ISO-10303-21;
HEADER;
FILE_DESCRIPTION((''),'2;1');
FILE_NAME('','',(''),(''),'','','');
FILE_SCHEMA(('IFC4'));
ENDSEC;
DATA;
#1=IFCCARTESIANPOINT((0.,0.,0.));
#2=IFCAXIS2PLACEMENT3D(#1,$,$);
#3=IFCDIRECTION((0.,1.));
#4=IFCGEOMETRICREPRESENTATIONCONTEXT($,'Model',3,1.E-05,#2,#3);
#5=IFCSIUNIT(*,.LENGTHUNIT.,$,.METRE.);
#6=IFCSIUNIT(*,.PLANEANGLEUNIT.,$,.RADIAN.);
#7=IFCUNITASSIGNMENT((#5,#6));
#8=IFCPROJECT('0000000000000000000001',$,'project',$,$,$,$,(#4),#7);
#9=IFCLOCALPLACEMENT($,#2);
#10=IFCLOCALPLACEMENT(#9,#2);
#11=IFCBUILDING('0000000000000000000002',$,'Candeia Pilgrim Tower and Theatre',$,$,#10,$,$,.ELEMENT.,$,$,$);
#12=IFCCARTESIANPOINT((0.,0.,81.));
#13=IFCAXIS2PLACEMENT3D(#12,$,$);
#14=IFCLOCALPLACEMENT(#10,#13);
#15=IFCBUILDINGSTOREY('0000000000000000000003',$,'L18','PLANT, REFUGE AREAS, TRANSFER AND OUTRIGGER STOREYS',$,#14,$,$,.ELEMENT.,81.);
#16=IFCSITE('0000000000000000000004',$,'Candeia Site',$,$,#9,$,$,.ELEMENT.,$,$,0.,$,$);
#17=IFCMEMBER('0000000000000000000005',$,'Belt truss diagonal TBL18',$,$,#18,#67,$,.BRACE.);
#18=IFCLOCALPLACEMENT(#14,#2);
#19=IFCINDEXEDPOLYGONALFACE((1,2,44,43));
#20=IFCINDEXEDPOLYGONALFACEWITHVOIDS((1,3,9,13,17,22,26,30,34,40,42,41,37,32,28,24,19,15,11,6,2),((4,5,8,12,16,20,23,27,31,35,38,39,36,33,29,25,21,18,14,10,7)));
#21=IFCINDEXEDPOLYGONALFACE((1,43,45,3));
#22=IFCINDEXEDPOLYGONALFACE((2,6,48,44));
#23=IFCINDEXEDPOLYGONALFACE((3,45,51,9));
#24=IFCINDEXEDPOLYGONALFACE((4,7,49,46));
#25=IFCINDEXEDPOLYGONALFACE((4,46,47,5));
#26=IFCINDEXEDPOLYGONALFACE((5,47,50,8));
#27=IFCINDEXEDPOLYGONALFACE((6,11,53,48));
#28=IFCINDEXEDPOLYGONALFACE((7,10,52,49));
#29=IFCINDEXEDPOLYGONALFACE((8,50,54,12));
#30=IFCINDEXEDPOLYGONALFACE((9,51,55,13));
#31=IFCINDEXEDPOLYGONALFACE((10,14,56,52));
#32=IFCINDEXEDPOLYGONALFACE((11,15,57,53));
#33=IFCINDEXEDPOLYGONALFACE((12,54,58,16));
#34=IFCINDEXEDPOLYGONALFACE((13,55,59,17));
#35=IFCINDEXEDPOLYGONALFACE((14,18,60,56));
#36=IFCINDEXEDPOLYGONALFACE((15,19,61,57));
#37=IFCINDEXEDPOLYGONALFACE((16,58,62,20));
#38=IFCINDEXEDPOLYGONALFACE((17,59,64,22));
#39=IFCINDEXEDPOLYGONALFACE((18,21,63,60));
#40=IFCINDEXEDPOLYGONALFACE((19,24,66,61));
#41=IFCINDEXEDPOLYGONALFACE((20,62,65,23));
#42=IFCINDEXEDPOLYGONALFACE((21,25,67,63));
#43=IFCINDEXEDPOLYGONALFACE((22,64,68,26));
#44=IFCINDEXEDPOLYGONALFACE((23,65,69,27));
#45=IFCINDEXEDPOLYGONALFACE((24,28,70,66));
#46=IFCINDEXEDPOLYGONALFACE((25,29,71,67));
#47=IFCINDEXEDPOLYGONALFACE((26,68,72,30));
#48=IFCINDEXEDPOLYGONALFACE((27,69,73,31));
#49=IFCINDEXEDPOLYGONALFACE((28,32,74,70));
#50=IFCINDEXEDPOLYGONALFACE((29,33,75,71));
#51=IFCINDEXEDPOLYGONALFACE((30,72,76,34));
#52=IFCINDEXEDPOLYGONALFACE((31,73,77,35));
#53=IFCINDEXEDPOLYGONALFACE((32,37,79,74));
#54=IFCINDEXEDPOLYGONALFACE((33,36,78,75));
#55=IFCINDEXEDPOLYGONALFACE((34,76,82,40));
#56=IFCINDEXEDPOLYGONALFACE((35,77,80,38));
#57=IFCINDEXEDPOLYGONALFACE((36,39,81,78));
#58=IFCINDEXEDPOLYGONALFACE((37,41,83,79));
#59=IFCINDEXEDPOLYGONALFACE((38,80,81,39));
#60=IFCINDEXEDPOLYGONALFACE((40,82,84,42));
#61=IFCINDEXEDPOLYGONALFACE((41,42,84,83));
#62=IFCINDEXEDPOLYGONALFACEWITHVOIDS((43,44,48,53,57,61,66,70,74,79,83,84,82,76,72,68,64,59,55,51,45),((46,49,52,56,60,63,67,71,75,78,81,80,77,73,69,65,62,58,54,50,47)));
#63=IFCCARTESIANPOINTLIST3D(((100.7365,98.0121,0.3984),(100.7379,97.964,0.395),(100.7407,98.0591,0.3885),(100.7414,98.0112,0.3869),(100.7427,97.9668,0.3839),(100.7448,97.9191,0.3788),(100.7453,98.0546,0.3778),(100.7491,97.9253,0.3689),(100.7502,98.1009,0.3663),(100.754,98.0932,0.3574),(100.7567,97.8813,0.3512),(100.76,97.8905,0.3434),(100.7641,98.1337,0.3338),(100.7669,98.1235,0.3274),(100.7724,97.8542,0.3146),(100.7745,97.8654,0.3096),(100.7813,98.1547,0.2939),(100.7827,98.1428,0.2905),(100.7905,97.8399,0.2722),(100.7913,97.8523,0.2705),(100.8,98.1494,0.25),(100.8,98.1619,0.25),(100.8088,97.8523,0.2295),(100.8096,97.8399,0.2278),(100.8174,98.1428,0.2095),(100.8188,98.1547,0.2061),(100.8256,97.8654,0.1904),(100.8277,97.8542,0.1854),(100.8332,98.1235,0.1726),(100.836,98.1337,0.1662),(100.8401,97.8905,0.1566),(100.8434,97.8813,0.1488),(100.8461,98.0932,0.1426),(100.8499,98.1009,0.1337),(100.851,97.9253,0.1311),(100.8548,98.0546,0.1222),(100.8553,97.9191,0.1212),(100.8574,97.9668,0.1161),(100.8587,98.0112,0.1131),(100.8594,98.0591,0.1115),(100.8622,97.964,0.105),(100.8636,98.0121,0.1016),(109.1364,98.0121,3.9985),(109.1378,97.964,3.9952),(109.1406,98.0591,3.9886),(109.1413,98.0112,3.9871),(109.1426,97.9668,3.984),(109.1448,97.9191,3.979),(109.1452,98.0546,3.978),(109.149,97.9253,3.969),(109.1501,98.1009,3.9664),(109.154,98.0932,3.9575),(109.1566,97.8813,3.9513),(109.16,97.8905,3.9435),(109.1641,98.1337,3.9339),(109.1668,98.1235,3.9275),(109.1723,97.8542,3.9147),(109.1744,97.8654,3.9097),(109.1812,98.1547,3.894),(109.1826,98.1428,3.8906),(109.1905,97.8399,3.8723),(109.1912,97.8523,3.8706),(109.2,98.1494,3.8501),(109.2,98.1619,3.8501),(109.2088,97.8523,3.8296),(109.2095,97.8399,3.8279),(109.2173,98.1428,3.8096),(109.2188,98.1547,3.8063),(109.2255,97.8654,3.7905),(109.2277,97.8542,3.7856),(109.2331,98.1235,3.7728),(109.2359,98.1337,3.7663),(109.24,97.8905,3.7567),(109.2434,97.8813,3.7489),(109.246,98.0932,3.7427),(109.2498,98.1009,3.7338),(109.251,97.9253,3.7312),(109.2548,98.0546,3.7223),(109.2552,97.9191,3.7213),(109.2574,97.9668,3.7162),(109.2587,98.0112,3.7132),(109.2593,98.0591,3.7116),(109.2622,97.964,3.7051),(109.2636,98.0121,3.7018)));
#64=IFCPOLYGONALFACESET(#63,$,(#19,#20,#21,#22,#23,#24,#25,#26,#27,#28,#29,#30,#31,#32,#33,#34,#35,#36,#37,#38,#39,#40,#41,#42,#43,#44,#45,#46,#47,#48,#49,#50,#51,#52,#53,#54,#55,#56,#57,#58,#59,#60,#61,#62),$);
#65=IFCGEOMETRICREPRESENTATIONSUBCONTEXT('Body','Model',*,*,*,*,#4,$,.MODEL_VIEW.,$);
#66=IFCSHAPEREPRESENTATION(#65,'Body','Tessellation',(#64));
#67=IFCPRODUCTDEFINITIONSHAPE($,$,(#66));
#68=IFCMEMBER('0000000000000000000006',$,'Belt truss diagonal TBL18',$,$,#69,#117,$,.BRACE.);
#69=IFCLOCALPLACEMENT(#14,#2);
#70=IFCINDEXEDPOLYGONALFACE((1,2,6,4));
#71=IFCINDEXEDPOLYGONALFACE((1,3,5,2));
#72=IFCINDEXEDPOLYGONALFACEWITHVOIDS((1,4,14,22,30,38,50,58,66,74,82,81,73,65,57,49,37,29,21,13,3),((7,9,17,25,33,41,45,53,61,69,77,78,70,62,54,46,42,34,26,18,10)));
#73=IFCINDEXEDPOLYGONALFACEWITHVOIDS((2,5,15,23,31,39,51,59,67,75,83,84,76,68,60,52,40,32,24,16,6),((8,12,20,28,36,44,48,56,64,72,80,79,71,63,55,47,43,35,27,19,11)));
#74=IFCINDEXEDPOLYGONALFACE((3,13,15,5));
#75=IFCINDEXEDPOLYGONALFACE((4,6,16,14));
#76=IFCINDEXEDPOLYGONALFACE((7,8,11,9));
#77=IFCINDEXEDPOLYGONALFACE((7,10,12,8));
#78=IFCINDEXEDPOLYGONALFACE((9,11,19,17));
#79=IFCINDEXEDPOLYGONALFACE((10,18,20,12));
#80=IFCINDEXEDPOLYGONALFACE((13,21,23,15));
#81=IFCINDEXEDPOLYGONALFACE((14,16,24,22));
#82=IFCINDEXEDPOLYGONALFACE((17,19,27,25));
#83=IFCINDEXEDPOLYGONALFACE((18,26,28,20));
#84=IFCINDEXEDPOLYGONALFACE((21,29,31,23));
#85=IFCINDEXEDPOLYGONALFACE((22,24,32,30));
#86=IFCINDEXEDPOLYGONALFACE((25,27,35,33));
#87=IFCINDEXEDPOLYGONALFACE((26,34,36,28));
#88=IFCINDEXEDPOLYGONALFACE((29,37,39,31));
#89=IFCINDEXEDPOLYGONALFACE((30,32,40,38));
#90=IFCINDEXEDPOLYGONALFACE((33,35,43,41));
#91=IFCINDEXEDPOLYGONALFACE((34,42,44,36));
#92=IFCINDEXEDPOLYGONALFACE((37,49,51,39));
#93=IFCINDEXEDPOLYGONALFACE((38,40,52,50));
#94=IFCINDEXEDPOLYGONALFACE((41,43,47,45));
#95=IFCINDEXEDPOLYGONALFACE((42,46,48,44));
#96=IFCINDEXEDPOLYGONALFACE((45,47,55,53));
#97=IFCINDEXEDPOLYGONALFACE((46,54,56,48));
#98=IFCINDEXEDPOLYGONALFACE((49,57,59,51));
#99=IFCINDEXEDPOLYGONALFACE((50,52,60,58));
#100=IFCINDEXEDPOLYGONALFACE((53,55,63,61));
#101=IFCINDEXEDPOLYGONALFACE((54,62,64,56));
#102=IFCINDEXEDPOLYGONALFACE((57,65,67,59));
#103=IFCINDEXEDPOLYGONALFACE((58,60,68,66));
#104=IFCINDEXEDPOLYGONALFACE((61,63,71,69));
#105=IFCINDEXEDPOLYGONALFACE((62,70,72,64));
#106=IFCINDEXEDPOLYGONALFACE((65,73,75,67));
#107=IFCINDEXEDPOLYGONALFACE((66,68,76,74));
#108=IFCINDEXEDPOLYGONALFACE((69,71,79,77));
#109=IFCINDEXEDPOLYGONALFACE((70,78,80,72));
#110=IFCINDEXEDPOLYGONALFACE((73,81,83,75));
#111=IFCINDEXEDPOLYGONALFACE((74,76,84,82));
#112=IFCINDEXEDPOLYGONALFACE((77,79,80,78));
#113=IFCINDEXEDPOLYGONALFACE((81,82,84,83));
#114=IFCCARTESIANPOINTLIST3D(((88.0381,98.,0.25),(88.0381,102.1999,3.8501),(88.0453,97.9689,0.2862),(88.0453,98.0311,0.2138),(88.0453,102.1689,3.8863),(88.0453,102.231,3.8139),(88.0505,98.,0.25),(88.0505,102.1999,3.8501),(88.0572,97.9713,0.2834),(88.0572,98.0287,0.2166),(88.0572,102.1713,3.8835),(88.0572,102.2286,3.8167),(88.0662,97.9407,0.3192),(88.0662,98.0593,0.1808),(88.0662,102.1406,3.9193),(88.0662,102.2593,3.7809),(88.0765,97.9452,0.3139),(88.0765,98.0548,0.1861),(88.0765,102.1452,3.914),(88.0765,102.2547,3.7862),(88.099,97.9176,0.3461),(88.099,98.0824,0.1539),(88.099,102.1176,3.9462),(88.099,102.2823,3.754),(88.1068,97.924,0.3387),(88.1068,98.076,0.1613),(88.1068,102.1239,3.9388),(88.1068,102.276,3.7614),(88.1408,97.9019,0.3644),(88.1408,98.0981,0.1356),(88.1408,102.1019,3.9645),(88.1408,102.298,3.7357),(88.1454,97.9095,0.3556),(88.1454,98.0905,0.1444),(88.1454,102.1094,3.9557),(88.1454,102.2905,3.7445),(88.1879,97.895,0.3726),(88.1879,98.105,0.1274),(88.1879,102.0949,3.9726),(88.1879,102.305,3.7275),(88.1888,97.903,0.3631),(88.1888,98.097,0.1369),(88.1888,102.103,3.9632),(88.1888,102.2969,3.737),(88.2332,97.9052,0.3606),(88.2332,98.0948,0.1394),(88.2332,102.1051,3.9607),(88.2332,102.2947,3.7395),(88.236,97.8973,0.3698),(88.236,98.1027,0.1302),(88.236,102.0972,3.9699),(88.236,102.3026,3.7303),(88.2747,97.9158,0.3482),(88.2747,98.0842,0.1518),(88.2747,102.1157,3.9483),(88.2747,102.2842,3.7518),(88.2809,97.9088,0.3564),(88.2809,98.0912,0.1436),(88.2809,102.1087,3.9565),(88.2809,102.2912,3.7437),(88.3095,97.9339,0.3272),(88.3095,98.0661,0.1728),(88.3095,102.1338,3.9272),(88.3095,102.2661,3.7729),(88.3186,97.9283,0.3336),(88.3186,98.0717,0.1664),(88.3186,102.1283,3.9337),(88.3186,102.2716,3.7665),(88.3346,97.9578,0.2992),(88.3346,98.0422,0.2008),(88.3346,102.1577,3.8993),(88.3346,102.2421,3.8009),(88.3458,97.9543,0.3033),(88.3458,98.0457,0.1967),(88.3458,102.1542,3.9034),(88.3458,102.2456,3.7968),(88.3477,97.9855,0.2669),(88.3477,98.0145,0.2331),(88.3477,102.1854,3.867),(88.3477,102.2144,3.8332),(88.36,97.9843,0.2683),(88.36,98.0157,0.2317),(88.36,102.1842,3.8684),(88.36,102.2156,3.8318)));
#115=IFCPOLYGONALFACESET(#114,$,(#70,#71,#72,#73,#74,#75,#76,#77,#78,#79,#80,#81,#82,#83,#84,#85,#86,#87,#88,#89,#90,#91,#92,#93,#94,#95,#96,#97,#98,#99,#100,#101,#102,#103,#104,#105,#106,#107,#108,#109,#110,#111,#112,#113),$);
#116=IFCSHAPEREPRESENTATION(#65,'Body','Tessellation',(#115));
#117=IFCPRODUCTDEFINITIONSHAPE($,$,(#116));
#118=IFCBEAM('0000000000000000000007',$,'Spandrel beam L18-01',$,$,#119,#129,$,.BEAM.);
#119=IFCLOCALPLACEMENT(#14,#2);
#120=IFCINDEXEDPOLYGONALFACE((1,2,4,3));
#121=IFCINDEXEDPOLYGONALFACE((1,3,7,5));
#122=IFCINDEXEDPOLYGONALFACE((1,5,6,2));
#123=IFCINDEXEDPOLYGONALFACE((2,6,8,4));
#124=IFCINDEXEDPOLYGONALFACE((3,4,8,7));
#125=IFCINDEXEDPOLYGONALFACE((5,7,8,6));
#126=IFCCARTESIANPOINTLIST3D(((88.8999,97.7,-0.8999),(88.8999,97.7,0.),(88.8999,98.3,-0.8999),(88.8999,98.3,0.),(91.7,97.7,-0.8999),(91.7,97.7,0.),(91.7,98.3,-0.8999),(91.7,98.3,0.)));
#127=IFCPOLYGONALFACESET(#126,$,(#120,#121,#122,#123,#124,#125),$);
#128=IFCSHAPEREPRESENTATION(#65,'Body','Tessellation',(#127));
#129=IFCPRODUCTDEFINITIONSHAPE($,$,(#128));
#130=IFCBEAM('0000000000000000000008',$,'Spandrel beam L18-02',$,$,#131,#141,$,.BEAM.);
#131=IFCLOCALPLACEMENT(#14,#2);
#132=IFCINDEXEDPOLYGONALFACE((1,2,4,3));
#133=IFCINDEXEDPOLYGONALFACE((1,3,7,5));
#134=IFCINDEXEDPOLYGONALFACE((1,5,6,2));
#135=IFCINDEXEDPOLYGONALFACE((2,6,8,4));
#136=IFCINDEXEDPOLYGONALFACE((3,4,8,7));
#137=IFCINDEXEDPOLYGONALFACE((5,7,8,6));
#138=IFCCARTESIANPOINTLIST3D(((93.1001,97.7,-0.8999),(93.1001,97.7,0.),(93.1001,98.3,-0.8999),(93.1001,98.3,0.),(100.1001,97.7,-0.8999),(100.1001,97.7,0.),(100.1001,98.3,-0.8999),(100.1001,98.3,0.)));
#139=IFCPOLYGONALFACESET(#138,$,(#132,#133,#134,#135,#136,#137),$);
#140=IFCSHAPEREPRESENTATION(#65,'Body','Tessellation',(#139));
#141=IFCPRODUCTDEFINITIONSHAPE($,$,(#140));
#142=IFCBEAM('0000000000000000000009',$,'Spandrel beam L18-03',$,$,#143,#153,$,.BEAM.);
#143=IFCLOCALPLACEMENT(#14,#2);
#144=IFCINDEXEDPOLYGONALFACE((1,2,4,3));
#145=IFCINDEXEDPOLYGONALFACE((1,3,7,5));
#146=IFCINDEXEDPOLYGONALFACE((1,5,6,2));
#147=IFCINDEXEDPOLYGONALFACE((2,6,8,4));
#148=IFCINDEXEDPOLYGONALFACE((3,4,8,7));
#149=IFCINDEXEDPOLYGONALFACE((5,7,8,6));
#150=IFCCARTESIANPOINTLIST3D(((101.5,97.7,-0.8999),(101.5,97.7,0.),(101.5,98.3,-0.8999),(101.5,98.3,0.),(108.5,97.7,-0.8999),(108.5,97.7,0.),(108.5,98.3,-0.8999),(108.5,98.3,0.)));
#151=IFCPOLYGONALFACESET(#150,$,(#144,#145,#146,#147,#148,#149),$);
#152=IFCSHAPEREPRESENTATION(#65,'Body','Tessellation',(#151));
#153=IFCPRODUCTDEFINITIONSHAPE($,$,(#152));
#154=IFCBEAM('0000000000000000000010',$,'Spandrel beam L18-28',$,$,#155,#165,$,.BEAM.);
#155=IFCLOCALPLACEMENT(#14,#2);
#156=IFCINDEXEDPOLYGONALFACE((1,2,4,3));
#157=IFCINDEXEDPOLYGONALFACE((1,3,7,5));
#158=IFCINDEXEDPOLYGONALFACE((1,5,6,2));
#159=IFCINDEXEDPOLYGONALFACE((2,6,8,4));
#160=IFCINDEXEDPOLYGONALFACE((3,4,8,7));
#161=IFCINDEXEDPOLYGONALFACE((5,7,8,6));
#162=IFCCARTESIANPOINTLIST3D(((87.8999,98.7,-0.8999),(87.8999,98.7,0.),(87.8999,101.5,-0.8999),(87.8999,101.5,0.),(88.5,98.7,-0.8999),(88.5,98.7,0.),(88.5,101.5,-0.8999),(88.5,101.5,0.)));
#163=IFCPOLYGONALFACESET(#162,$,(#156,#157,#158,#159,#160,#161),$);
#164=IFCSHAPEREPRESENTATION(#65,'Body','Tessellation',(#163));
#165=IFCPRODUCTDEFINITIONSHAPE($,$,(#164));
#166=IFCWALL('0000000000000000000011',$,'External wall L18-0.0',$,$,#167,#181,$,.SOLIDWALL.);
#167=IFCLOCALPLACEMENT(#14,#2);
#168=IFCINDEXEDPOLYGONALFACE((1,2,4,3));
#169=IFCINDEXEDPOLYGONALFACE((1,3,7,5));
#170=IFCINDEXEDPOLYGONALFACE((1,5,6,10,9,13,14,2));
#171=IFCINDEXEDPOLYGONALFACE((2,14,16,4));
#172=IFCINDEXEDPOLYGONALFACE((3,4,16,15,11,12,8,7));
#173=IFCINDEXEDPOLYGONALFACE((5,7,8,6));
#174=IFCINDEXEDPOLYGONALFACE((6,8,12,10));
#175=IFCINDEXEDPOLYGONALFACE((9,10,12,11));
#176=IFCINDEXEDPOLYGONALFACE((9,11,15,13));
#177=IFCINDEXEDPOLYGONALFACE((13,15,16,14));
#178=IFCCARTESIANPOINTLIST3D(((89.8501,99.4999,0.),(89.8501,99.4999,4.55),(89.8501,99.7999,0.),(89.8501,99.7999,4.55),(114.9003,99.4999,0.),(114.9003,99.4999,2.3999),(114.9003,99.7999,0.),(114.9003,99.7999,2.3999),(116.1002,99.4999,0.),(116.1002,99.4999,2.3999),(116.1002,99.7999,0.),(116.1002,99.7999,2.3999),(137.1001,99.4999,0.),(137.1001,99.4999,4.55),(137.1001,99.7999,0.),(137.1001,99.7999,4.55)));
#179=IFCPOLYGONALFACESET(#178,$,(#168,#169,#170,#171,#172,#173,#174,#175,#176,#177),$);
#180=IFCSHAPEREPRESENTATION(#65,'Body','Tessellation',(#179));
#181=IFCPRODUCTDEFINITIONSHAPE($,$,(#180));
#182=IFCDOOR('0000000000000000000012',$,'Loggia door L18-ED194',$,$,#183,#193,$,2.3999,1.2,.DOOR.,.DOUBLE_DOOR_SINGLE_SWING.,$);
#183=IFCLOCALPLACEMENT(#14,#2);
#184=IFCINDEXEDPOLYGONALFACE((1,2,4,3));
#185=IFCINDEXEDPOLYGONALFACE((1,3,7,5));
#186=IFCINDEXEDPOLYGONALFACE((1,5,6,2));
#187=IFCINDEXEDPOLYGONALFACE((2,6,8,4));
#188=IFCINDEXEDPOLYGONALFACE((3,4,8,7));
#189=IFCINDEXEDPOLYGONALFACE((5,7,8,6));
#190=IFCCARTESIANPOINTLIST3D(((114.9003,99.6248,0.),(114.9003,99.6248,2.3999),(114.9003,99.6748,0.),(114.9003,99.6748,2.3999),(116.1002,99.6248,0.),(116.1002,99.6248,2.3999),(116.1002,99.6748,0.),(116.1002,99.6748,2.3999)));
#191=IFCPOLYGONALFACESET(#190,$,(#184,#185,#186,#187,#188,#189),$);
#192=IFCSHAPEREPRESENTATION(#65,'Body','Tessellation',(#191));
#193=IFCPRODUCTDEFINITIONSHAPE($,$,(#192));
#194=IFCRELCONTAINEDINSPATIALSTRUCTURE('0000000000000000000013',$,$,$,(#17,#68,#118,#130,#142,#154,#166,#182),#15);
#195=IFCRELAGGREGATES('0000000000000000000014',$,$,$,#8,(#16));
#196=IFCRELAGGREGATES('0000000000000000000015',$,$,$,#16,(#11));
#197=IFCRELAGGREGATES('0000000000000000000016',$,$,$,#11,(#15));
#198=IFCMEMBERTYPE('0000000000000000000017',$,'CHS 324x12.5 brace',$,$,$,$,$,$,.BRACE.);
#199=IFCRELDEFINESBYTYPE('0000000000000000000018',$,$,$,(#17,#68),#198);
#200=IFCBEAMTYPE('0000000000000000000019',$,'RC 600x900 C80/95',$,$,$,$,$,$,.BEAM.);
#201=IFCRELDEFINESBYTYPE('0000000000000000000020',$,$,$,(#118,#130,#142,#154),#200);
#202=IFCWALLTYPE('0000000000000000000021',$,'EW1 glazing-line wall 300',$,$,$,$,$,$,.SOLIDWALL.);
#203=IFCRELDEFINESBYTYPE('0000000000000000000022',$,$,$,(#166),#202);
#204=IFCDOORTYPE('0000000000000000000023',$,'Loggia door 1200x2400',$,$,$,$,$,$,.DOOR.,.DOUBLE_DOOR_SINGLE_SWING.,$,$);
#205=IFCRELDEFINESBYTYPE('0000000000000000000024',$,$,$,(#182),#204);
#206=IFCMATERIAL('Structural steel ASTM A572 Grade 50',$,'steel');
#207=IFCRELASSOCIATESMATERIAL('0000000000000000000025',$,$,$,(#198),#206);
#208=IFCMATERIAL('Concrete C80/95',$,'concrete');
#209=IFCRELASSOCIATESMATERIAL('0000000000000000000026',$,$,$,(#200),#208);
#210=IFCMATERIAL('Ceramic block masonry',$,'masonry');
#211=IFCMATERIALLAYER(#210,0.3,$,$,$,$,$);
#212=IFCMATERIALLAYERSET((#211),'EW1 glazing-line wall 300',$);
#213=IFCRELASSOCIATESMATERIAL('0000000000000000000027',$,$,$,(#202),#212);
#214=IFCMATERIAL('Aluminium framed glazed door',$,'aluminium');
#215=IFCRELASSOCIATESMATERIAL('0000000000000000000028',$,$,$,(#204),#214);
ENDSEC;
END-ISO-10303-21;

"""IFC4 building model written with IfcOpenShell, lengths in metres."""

from ifc_helpers import new_model, si_unit, direction, frame, frame_2d, origin, origin_2d, place, context, subcontext, project, spatial, rectangle, hollow_circle, extrude, material, layer, layer_set, material_profile, profile_set, type_object, element, fill, save


model = new_model("IFC4")

# Units and contexts
model_context = context("Model", 3, precision=1e-05, world=origin(), true_north=direction((0.0, 1.0)))
body_context = subcontext(model_context, "Body", "Model", "MODEL_VIEW")
ifc_project = project(units=[si_unit("LENGTHUNIT", "METRE"), si_unit("PLANEANGLEUNIT", "RADIAN")], contexts=[model_context])

# Site, building, storey
site_placement = place(None, origin())
site = spatial("IfcSite", under=ifc_project, at=site_placement, Name="Candeia Site", CompositionType="ELEMENT", RefElevation=0.0)
building_placement = place(site_placement, origin())
building = spatial("IfcBuilding", under=site, at=building_placement, Name="Candeia Pilgrim Tower and Theatre", CompositionType="ELEMENT")
storey_placement = place(building_placement, frame((0.0, 0.0, 81.0)))
storey = spatial("IfcBuildingStorey", under=building, at=storey_placement, Name="L18", Description="PLANT, REFUGE AREAS, TRANSFER AND OUTRIGGER STOREYS", CompositionType="ELEMENT", Elevation=81.0)

# Shared definitions
ifc_material_1 = material(Name="Concrete C80/95", Category="concrete")

# Members
ifc_material_2 = material(Name="Structural steel ASTM A572 Grade 50", Category="steel")
ifc_material_profile_1 = material_profile(ifc_material_2, hollow_circle(Radius=0.1619, WallThickness=0.0125, at=origin_2d()))
ifc_profile_set_1 = profile_set([ifc_material_profile_1], Name="Structural steel ASTM A572 Grade 50")
member_type_1 = type_object("IfcMemberType", Name="CHS 324x12.5 brace", PredefinedType="BRACE", material=ifc_profile_set_1)
member_1_placement = place(storey_placement, frame((100.8, 98.0, 0.25), z_axis=(0.91914, 0.0, 0.393932), x_axis=(0.0, 1.0, 0.0)))
element("IfcMember", 1, at=member_1_placement, inside=storey, type_object=member_type_1, Name="Belt truss diagonal TBL18", PredefinedType="BRACE", context=body_context, shape_type="SweptSolid", body=[
    extrude(hollow_circle(Radius=0.1619, WallThickness=0.0125, at=origin_2d()), origin(), (0.0, 0.0, 1.0), 9.1389),
])
member_2_placement = place(storey_placement, frame((88.2, 98.0, 0.25), z_axis=(0.0, 0.759244, 0.650806), x_axis=(-1.0, 0.0, 0.0)))
element("IfcMember", 2, at=member_2_placement, inside=storey, type_object=member_type_1, Name="Belt truss diagonal TBL18", PredefinedType="BRACE", context=body_context, shape_type="SweptSolid", body=[
    extrude(hollow_circle(Radius=0.1619, WallThickness=0.0125, at=origin_2d()), origin(), (0.0, 0.0, 1.0), 5.5317),
])

# Beams
ifc_material_profile_2 = material_profile(ifc_material_1, rectangle(XDim=0.6001, YDim=0.8999, at=origin_2d()))
ifc_profile_set_2 = profile_set([ifc_material_profile_2], Name="Concrete C80/95")
beam_type = type_object("IfcBeamType", Name="RC 600x900 C80/95", PredefinedType="BEAM", material=ifc_profile_set_2)
beam_1_placement = place(storey_placement, frame((88.8999, 98.0, -0.45), z_axis=(1.0, 0.0, 0.0), x_axis=(0.0, 1.0, 0.0)))
element("IfcBeam", 3, at=beam_1_placement, inside=storey, type_object=beam_type, Name="Spandrel beam L18-01", PredefinedType="BEAM", context=body_context, shape_type="SweptSolid", body=[
    extrude(rectangle(XDim=0.6001, YDim=0.8999, at=origin_2d()), origin(), (0.0, 0.0, 1.0), 2.8),
])
for number, where, z_axis, x_axis, name in (
    (4, (93.1001, 98.0, -0.45), (1.0, 0.0, 0.0), (0.0, 1.0, 0.0), "Spandrel beam L18-02"),
    (5, (101.5, 98.0, -0.45), (1.0, 0.0, 0.0), (0.0, 1.0, 0.0), "Spandrel beam L18-03"),
):
    element("IfcBeam", number, at=place(storey_placement, frame(where, z_axis=z_axis, x_axis=x_axis)), inside=storey, type_object=beam_type, Name=name, PredefinedType="BEAM", context=body_context, shape_type="SweptSolid", body=[
        extrude(rectangle(XDim=0.6001, YDim=0.8999, at=origin_2d()), origin(), (0.0, 0.0, 1.0), 7.0),
    ])
beam_2_placement = place(storey_placement, frame((88.2, 101.5, -0.45), z_axis=(0.0, -1.0, 0.0), x_axis=(1.0, 0.0, 0.0)))
element("IfcBeam", 6, at=beam_2_placement, inside=storey, type_object=beam_type, Name="Spandrel beam L18-28", PredefinedType="BEAM", context=body_context, shape_type="SweptSolid", body=[
    extrude(rectangle(XDim=0.6001, YDim=0.8999, at=origin_2d()), origin(), (0.0, 0.0, 1.0), 2.8),
])

# Wall, opening, door
ifc_material_3 = material(Name="Ceramic block masonry", Category="masonry")
ifc_layer_1 = layer(ifc_material_3, 0.3)
ifc_layer_set_1 = layer_set([ifc_layer_1], Name="EW1 glazing-line wall 300")
wall_type_1 = type_object("IfcWallType", Name="EW1 glazing-line wall 300", PredefinedType="SOLIDWALL", material=ifc_layer_set_1)
wall_placement = place(storey_placement, frame((89.8501, 99.6499, 0.0), z_axis=(0.0, 0.0, 1.0), x_axis=(1.0, 0.0, 0.0)))
wall = element("IfcWall", 7, at=wall_placement, inside=storey, type_object=wall_type_1, Name="External wall L18-0.0", PredefinedType="SOLIDWALL", context=body_context, shape_type="SweptSolid", body=[
    extrude(rectangle(XDim=47.25, YDim=0.3, at=frame_2d((23.625, 0.0))), origin(), (0.0, 0.0, 1.0), 4.55),
])
opening_placement = place(wall_placement, frame((25.05, 0.0, 0.0)))
opening = element("IfcOpeningElement", 8, at=opening_placement, cuts=wall, PredefinedType="OPENING", context=body_context, shape_type="SweptSolid", body=[
    extrude(rectangle(XDim=1.2, YDim=2.3999, at=frame_2d((0.6001, 1.2))), frame((0.0, 0.1602, 0.0), z_axis=(0.0, -1.0, 0.0), x_axis=(1.0, 0.0, 0.0)), (0.0, 0.0, 1.0), 0.3201),
])
ifc_material_4 = material(Name="Aluminium framed glazed door", Category="aluminium")
door_type = type_object("IfcDoorType", Name="Loggia door 1200x2400", OperationType="DOUBLE_DOOR_SINGLE_SWING", PredefinedType="DOOR", material=ifc_material_4)
door_placement = place(opening_placement, origin())
door = element("IfcDoor", 9, at=door_placement, inside=storey, type_object=door_type, Name="Loggia door L18-ED194", OperationType="DOUBLE_DOOR_SINGLE_SWING", OverallHeight=2.3999, OverallWidth=1.2, PredefinedType="DOOR", context=body_context, shape_type="SweptSolid", body=[
    extrude(rectangle(XDim=1.2, YDim=2.3999, at=frame_2d((0.6001, 1.2))), frame((0.0, 0.0249, 0.0), z_axis=(0.0, -1.0, 0.0), x_axis=(1.0, 0.0, 0.0)), (0.0, 0.0, 1.0), 0.05),
])
fill(opening, door)

save(model, "model.ifc")
